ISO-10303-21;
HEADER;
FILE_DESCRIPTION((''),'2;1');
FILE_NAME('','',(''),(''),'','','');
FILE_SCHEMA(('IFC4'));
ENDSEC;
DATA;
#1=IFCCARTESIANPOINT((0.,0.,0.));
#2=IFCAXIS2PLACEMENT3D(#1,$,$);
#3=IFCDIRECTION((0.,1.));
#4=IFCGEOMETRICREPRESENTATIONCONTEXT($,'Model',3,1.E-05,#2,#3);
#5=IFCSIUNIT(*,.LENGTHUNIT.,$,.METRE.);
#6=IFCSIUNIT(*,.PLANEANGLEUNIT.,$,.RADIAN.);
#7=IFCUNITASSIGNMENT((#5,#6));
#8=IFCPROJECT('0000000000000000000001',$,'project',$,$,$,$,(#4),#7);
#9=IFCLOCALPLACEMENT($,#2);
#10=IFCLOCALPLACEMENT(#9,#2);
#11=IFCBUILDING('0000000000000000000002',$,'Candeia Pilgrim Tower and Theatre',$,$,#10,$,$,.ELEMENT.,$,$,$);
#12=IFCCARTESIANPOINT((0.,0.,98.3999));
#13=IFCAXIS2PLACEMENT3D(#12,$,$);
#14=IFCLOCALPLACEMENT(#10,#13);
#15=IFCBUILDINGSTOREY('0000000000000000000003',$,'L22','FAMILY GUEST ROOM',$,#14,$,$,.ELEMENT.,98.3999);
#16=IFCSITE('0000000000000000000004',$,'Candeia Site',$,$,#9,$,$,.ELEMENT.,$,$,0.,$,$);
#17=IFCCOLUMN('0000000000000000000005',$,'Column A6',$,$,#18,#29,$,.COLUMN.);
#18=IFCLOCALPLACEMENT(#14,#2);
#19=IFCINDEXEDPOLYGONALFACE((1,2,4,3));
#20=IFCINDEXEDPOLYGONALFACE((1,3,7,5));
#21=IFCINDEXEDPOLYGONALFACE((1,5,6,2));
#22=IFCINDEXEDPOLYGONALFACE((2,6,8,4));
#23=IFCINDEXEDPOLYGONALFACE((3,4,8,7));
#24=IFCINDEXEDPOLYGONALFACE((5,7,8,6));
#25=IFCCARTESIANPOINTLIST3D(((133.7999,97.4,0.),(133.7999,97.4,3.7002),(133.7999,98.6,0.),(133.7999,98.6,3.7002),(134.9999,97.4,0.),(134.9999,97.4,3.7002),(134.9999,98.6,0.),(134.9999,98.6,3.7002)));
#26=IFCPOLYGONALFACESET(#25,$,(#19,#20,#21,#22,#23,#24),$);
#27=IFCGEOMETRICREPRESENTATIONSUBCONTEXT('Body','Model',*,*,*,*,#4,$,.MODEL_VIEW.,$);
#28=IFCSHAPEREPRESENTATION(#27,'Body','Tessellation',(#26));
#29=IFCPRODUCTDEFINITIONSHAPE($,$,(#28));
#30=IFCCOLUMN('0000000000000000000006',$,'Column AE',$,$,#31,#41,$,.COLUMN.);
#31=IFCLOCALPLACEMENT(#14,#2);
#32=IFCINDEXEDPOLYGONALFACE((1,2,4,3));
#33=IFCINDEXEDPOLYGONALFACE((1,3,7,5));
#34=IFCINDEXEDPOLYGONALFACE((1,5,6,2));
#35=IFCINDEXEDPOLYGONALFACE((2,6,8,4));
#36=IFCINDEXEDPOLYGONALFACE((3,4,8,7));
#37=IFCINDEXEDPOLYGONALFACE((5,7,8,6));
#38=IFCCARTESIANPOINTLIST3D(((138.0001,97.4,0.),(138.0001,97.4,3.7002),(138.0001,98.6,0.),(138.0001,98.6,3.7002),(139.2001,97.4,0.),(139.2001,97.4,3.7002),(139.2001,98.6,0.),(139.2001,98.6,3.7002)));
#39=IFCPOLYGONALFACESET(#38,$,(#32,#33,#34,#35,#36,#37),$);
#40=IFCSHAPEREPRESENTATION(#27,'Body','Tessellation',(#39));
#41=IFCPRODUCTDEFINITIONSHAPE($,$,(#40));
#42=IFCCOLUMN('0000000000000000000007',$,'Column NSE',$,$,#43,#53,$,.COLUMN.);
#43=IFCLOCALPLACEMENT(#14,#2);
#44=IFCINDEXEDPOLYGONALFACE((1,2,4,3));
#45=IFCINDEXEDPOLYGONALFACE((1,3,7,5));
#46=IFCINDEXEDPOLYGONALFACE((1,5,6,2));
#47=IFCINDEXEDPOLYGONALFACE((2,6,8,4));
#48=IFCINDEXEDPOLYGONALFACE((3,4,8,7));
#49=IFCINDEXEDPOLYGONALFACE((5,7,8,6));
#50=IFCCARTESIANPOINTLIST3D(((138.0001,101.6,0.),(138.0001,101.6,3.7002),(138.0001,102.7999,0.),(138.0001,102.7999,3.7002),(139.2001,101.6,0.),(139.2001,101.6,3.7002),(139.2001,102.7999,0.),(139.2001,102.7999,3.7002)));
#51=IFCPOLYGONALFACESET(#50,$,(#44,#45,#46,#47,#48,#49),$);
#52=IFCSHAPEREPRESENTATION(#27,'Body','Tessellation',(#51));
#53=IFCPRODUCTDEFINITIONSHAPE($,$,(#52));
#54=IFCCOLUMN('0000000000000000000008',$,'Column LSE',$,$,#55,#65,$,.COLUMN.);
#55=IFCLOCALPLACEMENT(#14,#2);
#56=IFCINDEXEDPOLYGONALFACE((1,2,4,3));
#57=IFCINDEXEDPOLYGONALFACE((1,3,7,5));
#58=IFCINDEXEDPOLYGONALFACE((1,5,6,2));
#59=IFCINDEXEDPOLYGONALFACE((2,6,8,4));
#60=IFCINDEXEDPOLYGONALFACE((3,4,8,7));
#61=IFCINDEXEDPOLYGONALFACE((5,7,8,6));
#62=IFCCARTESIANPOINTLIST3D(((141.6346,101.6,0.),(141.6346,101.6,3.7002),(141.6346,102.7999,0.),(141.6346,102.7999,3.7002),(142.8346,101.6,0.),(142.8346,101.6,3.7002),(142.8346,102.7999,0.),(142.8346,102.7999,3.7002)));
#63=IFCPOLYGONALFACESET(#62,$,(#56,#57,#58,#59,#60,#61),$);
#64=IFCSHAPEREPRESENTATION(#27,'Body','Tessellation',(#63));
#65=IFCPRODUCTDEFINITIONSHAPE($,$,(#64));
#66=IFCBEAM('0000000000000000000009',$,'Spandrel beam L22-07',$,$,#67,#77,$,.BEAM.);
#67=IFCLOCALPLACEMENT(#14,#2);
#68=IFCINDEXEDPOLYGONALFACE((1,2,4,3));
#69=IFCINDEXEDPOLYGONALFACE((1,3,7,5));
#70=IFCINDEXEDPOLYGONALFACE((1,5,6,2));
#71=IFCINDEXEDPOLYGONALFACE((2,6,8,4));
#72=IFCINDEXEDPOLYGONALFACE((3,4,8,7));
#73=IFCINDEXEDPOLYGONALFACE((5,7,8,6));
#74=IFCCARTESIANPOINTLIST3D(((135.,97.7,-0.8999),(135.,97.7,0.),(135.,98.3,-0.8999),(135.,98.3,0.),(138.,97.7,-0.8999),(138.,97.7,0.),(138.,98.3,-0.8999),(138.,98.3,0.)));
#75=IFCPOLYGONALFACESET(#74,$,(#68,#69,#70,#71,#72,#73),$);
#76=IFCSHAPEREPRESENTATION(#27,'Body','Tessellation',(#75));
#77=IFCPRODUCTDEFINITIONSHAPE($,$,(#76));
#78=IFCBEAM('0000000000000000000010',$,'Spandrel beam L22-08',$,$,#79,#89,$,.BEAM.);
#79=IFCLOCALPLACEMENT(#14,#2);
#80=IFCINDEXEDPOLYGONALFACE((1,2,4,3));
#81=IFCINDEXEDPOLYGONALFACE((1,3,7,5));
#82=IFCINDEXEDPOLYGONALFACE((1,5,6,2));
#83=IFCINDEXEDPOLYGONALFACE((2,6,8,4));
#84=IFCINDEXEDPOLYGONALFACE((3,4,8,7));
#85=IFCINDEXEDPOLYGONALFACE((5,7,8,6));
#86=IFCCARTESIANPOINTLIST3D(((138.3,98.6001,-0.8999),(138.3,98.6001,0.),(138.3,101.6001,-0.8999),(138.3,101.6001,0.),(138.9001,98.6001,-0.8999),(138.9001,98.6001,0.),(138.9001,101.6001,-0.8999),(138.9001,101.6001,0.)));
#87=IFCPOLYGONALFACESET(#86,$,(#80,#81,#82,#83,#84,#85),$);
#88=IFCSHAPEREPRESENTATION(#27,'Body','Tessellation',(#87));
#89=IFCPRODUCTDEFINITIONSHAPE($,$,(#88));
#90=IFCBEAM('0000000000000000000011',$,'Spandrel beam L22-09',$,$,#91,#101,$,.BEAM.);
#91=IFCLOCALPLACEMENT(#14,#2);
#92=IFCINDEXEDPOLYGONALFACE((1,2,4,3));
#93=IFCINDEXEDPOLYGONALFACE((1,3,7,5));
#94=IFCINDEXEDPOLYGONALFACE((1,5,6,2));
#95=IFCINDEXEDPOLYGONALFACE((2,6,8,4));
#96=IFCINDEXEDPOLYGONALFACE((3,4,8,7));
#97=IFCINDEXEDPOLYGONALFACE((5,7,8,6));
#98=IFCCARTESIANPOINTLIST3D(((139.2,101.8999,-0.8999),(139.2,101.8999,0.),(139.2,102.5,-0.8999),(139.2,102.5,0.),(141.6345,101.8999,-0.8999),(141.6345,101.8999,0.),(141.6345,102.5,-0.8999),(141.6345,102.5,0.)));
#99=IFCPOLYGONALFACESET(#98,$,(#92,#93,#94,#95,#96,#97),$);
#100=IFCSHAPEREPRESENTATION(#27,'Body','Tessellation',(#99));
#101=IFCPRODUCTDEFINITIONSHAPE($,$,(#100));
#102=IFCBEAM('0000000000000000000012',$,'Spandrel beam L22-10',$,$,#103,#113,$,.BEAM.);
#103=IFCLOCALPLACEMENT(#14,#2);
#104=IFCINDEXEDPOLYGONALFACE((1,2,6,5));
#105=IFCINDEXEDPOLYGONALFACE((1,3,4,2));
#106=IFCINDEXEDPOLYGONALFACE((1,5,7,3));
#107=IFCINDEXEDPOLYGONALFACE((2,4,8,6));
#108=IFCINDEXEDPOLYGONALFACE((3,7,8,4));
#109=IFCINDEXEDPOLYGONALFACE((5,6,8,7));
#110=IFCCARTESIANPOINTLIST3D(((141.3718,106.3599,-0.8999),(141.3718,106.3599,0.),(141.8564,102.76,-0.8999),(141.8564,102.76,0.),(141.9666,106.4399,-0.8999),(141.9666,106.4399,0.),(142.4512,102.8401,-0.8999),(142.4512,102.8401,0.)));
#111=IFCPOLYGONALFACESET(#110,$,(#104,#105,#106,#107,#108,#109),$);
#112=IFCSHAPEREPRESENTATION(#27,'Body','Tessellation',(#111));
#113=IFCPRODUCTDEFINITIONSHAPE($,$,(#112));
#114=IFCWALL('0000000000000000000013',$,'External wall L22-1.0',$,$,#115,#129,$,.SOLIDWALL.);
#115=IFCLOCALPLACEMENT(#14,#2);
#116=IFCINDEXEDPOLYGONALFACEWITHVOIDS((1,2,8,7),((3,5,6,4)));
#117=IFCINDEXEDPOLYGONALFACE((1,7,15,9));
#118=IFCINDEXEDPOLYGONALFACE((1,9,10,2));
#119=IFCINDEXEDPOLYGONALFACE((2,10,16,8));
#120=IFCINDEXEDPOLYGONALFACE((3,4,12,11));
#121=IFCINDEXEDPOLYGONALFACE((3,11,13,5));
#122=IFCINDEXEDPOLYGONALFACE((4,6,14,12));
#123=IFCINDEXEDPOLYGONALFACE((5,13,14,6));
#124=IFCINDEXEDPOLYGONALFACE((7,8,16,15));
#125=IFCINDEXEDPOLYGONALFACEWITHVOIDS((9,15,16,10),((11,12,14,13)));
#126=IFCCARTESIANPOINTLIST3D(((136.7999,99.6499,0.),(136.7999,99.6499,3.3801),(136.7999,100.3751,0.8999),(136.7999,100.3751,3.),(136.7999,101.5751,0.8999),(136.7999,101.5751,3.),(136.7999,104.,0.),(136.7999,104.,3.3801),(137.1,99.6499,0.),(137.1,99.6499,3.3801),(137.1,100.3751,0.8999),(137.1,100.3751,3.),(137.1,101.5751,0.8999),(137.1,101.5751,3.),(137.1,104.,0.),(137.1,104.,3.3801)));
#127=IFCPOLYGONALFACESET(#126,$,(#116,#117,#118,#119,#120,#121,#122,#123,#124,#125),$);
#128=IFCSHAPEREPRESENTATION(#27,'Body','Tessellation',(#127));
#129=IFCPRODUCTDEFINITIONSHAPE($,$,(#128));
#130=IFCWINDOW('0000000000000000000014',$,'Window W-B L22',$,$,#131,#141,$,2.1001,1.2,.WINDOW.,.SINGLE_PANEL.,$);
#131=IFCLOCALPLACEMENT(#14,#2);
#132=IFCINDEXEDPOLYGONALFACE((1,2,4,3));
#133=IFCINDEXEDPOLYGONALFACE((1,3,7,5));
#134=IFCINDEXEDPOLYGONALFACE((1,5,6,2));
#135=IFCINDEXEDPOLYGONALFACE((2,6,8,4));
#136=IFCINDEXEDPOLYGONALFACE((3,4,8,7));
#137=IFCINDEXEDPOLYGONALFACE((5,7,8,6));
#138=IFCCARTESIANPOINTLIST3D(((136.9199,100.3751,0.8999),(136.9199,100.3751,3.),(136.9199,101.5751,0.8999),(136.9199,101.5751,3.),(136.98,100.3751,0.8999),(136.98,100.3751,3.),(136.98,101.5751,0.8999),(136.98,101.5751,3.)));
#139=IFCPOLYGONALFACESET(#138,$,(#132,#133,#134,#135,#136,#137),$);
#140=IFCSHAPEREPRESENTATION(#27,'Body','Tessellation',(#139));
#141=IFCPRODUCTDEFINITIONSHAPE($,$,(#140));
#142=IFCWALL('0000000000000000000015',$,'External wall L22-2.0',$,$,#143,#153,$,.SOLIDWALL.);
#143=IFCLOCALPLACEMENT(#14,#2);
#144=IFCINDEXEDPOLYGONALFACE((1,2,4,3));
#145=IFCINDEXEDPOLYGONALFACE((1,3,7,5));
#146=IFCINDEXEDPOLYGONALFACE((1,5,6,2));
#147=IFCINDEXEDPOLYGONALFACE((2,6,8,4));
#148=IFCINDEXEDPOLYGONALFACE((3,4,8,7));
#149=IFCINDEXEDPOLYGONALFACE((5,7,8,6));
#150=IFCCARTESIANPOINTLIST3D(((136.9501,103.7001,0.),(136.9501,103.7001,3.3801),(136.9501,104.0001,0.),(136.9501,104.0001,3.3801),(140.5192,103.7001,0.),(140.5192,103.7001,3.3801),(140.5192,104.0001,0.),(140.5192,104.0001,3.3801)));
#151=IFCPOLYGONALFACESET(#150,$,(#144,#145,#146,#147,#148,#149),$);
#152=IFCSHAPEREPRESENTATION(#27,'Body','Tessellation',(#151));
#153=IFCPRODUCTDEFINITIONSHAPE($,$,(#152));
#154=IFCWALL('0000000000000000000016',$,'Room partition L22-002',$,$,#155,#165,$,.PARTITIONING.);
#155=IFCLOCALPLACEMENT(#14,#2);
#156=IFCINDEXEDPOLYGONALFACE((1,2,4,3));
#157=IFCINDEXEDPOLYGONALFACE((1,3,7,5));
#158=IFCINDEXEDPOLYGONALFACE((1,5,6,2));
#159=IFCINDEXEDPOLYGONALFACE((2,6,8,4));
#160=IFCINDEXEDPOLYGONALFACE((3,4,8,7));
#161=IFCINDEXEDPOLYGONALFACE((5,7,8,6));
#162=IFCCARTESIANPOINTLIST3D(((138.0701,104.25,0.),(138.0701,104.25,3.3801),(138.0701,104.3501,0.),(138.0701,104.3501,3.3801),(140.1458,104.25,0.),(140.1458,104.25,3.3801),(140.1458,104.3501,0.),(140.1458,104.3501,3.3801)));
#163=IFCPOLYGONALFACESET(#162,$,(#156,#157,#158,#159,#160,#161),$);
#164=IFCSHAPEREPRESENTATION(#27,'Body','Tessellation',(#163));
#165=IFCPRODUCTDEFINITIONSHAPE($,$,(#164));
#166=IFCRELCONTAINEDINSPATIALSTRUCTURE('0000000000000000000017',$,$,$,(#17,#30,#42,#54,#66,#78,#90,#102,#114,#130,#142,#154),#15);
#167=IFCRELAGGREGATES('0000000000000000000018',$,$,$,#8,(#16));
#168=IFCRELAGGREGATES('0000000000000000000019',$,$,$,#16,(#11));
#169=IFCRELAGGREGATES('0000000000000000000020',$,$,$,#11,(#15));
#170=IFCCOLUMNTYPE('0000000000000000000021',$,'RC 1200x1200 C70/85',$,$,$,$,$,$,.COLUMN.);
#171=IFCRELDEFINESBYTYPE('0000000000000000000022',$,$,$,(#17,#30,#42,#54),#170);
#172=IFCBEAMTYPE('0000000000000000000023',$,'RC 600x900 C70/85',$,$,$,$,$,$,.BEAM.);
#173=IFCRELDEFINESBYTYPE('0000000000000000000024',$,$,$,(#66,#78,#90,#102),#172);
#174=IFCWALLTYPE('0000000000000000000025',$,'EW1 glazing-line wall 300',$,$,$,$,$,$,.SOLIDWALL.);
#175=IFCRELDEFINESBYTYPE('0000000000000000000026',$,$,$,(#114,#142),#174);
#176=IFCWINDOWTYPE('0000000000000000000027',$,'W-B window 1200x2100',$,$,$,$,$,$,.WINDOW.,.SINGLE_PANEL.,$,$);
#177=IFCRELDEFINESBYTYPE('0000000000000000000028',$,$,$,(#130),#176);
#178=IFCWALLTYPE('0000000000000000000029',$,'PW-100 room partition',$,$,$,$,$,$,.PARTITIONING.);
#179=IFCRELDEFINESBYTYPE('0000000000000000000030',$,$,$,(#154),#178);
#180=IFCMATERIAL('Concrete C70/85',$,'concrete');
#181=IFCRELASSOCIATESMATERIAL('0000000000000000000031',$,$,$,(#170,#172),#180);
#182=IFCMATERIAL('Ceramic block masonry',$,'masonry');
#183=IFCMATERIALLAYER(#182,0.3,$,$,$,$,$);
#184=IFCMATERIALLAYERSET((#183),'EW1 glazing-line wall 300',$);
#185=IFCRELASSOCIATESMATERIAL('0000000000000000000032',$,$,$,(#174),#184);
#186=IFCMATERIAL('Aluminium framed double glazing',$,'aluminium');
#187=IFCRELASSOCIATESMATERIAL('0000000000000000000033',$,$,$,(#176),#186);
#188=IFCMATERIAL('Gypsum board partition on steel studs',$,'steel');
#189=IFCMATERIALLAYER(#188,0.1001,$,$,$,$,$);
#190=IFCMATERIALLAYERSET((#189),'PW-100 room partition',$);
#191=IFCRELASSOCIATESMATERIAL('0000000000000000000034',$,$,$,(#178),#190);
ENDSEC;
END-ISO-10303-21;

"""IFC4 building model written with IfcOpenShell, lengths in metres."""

from ifc_helpers import new_model, si_unit, direction, frame, frame_2d, origin, origin_2d, place, context, subcontext, project, spatial, rectangle, extrude, material, layer, layer_set, material_profile, profile_set, type_object, element, fill, save


model = new_model("IFC4")

# Units and contexts
model_context = context("Model", 3, precision=1e-05, world=origin(), true_north=direction((0.0, 1.0)))
body_context = subcontext(model_context, "Body", "Model", "MODEL_VIEW")
ifc_project = project(units=[si_unit("LENGTHUNIT", "METRE"), si_unit("PLANEANGLEUNIT", "RADIAN")], contexts=[model_context])

# Site, building, storey
site_placement = place(None, origin())
site = spatial("IfcSite", under=ifc_project, at=site_placement, Name="Candeia Site", CompositionType="ELEMENT", RefElevation=0.0)
building_placement = place(site_placement, origin())
building = spatial("IfcBuilding", under=site, at=building_placement, Name="Candeia Pilgrim Tower and Theatre", CompositionType="ELEMENT")
storey_placement = place(building_placement, frame((0.0, 0.0, 98.3999)))
storey = spatial("IfcBuildingStorey", under=building, at=storey_placement, Name="L22", Description="FAMILY GUEST ROOM", CompositionType="ELEMENT", Elevation=98.3999)

# Columns
ifc_material_1 = material(Name="Concrete C70/85", Category="concrete")
ifc_material_profile_1 = material_profile(ifc_material_1, rectangle(XDim=1.2, YDim=1.2, at=origin_2d()))
ifc_profile_set_1 = profile_set([ifc_material_profile_1], Name="Concrete C70/85")
column_type = type_object("IfcColumnType", Name="RC 1200x1200 C70/85", PredefinedType="COLUMN", material=ifc_profile_set_1)
for number, where, z_axis, x_axis, name in (
    (1, (134.3999, 98.0, 0.0), (0.0, 0.0, 1.0), (1.0, 0.0, 0.0), "Column A6"),
    (2, (138.6001, 98.0, 0.0), (0.0, 0.0, 1.0), (1.0, 0.0, 0.0), "Column AE"),
    (3, (138.6001, 102.2, 0.0), (0.0, 0.0, 1.0), (1.0, 0.0, 0.0), "Column NSE"),
    (4, (142.2346, 102.2, 0.0), (0.0, 0.0, 1.0), (1.0, 0.0, 0.0), "Column LSE"),
):
    element("IfcColumn", number, at=place(storey_placement, frame(where, z_axis=z_axis, x_axis=x_axis)), inside=storey, type_object=column_type, Name=name, PredefinedType="COLUMN", context=body_context, shape_type="SweptSolid", body=[
        extrude(rectangle(XDim=1.2, YDim=1.2, at=origin_2d()), origin(), (0.0, 0.0, 1.0), 3.7002),
    ])

# Beams
ifc_material_profile_2 = material_profile(ifc_material_1, rectangle(XDim=0.6001, YDim=0.8999, at=origin_2d()))
ifc_profile_set_2 = profile_set([ifc_material_profile_2], Name="Concrete C70/85")
beam_type = type_object("IfcBeamType", Name="RC 600x900 C70/85", PredefinedType="BEAM", material=ifc_profile_set_2)
for number, where, z_axis, x_axis, name in (
    (5, (135.0, 98.0, -0.45), (1.0, 0.0, 0.0), (0.0, 1.0, 0.0), "Spandrel beam L22-07"),
    (6, (138.6001, 98.6001, -0.45), (0.0, 1.0, 0.0), (-1.0, 0.0, 0.0), "Spandrel beam L22-08"),
):
    element("IfcBeam", number, at=place(storey_placement, frame(where, z_axis=z_axis, x_axis=x_axis)), inside=storey, type_object=beam_type, Name=name, PredefinedType="BEAM", context=body_context, shape_type="SweptSolid", body=[
        extrude(rectangle(XDim=0.6001, YDim=0.8999, at=origin_2d()), origin(), (0.0, 0.0, 1.0), 3.0),
    ])
beam_1_placement = place(storey_placement, frame((139.2, 102.2, -0.45), z_axis=(1.0, 0.0, 0.0), x_axis=(0.0, 1.0, 0.0)))
element("IfcBeam", 7, at=beam_1_placement, inside=storey, type_object=beam_type, Name="Spandrel beam L22-09", PredefinedType="BEAM", context=body_context, shape_type="SweptSolid", body=[
    extrude(rectangle(XDim=0.6001, YDim=0.8999, at=origin_2d()), origin(), (0.0, 0.0, 1.0), 2.4346),
])
beam_2_placement = place(storey_placement, frame((142.1538, 102.8, -0.45), z_axis=(-0.133418, 0.99106, 0.0), x_axis=(-0.99106, -0.133418, 0.0)))
element("IfcBeam", 8, at=beam_2_placement, inside=storey, type_object=beam_type, Name="Spandrel beam L22-10", PredefinedType="BEAM", context=body_context, shape_type="SweptSolid", body=[
    extrude(rectangle(XDim=0.6001, YDim=0.8999, at=origin_2d()), origin(), (0.0, 0.0, 1.0), 3.6323),
])

# Wall, opening, window
ifc_material_2 = material(Name="Ceramic block masonry", Category="masonry")
ifc_layer_1 = layer(ifc_material_2, 0.3)
ifc_layer_set_1 = layer_set([ifc_layer_1], Name="EW1 glazing-line wall 300")
wall_type_1 = type_object("IfcWallType", Name="EW1 glazing-line wall 300", PredefinedType="SOLIDWALL", material=ifc_layer_set_1)
wall_1_placement = place(storey_placement, frame((136.95, 99.6499, 0.0), z_axis=(0.0, 0.0, 1.0), x_axis=(0.0, 1.0, 0.0)))
wall_1 = element("IfcWall", 9, at=wall_1_placement, inside=storey, type_object=wall_type_1, Name="External wall L22-1.0", PredefinedType="SOLIDWALL", context=body_context, shape_type="SweptSolid", body=[
    extrude(rectangle(XDim=4.3501, YDim=0.3, at=frame_2d((2.175, 0.0))), origin(), (0.0, 0.0, 1.0), 3.3801),
])
opening_1_placement = place(wall_1_placement, frame((0.7251, 0.0, 0.8999)))
opening_1 = element("IfcOpeningElement", 10, at=opening_1_placement, cuts=wall_1, PredefinedType="OPENING", context=body_context, shape_type="SweptSolid", body=[
    extrude(rectangle(XDim=1.2, YDim=2.1001, at=frame_2d((0.6001, 1.05))), frame((0.0, 0.1602, 0.0), z_axis=(0.0, -1.0, 0.0), x_axis=(1.0, 0.0, 0.0)), (0.0, 0.0, 1.0), 0.3201),
])
ifc_material_3 = material(Name="Aluminium framed double glazing", Category="aluminium")
window_type = type_object("IfcWindowType", Name="W-B window 1200x2100", PartitioningType="SINGLE_PANEL", PredefinedType="WINDOW", material=ifc_material_3)
window_1_placement = place(opening_1_placement, origin())
window_1 = element("IfcWindow", 11, at=window_1_placement, inside=storey, type_object=window_type, Name="Window W-B L22", OverallHeight=2.1001, OverallWidth=1.2, PartitioningType="SINGLE_PANEL", PredefinedType="WINDOW", context=body_context, shape_type="SweptSolid", body=[
    extrude(rectangle(XDim=1.2, YDim=2.1001, at=frame_2d((0.6001, 1.05))), frame((0.0, 0.03, 0.0), z_axis=(0.0, -1.0, 0.0), x_axis=(1.0, 0.0, 0.0)), (0.0, 0.0, 1.0), 0.0601),
])
fill(opening_1, window_1)

# Wall
wall_2_placement = place(storey_placement, frame((136.95, 103.8501, 0.0), z_axis=(0.0, 0.0, 1.0), x_axis=(1.0, 0.0, 0.0)))
element("IfcWall", 12, at=wall_2_placement, inside=storey, type_object=wall_type_1, Name="External wall L22-2.0", PredefinedType="SOLIDWALL", context=body_context, shape_type="SweptSolid", body=[
    extrude(rectangle(XDim=3.5691, YDim=0.3, at=frame_2d((1.7847, 0.0))), origin(), (0.0, 0.0, 1.0), 3.3801),
])

# Wall
ifc_material_4 = material(Name="Gypsum board partition on steel studs", Category="steel")
ifc_layer_2 = layer(ifc_material_4, 0.1001)
ifc_layer_set_2 = layer_set([ifc_layer_2], Name="PW-100 room partition")
wall_type_2 = type_object("IfcWallType", Name="PW-100 room partition", PredefinedType="PARTITIONING", material=ifc_layer_set_2)
wall_3_placement = place(storey_placement, frame((138.0701, 104.3, 0.0), z_axis=(0.0, 0.0, 1.0), x_axis=(1.0, 0.0, 0.0)))
element("IfcWall", 13, at=wall_3_placement, inside=storey, type_object=wall_type_2, Name="Room partition L22-002", PredefinedType="PARTITIONING", context=body_context, shape_type="SweptSolid", body=[
    extrude(rectangle(XDim=2.0757, YDim=0.1001, at=frame_2d((1.0378, 0.0))), origin(), (0.0, 0.0, 1.0), 3.3801),
])

save(model, "model.ifc")
